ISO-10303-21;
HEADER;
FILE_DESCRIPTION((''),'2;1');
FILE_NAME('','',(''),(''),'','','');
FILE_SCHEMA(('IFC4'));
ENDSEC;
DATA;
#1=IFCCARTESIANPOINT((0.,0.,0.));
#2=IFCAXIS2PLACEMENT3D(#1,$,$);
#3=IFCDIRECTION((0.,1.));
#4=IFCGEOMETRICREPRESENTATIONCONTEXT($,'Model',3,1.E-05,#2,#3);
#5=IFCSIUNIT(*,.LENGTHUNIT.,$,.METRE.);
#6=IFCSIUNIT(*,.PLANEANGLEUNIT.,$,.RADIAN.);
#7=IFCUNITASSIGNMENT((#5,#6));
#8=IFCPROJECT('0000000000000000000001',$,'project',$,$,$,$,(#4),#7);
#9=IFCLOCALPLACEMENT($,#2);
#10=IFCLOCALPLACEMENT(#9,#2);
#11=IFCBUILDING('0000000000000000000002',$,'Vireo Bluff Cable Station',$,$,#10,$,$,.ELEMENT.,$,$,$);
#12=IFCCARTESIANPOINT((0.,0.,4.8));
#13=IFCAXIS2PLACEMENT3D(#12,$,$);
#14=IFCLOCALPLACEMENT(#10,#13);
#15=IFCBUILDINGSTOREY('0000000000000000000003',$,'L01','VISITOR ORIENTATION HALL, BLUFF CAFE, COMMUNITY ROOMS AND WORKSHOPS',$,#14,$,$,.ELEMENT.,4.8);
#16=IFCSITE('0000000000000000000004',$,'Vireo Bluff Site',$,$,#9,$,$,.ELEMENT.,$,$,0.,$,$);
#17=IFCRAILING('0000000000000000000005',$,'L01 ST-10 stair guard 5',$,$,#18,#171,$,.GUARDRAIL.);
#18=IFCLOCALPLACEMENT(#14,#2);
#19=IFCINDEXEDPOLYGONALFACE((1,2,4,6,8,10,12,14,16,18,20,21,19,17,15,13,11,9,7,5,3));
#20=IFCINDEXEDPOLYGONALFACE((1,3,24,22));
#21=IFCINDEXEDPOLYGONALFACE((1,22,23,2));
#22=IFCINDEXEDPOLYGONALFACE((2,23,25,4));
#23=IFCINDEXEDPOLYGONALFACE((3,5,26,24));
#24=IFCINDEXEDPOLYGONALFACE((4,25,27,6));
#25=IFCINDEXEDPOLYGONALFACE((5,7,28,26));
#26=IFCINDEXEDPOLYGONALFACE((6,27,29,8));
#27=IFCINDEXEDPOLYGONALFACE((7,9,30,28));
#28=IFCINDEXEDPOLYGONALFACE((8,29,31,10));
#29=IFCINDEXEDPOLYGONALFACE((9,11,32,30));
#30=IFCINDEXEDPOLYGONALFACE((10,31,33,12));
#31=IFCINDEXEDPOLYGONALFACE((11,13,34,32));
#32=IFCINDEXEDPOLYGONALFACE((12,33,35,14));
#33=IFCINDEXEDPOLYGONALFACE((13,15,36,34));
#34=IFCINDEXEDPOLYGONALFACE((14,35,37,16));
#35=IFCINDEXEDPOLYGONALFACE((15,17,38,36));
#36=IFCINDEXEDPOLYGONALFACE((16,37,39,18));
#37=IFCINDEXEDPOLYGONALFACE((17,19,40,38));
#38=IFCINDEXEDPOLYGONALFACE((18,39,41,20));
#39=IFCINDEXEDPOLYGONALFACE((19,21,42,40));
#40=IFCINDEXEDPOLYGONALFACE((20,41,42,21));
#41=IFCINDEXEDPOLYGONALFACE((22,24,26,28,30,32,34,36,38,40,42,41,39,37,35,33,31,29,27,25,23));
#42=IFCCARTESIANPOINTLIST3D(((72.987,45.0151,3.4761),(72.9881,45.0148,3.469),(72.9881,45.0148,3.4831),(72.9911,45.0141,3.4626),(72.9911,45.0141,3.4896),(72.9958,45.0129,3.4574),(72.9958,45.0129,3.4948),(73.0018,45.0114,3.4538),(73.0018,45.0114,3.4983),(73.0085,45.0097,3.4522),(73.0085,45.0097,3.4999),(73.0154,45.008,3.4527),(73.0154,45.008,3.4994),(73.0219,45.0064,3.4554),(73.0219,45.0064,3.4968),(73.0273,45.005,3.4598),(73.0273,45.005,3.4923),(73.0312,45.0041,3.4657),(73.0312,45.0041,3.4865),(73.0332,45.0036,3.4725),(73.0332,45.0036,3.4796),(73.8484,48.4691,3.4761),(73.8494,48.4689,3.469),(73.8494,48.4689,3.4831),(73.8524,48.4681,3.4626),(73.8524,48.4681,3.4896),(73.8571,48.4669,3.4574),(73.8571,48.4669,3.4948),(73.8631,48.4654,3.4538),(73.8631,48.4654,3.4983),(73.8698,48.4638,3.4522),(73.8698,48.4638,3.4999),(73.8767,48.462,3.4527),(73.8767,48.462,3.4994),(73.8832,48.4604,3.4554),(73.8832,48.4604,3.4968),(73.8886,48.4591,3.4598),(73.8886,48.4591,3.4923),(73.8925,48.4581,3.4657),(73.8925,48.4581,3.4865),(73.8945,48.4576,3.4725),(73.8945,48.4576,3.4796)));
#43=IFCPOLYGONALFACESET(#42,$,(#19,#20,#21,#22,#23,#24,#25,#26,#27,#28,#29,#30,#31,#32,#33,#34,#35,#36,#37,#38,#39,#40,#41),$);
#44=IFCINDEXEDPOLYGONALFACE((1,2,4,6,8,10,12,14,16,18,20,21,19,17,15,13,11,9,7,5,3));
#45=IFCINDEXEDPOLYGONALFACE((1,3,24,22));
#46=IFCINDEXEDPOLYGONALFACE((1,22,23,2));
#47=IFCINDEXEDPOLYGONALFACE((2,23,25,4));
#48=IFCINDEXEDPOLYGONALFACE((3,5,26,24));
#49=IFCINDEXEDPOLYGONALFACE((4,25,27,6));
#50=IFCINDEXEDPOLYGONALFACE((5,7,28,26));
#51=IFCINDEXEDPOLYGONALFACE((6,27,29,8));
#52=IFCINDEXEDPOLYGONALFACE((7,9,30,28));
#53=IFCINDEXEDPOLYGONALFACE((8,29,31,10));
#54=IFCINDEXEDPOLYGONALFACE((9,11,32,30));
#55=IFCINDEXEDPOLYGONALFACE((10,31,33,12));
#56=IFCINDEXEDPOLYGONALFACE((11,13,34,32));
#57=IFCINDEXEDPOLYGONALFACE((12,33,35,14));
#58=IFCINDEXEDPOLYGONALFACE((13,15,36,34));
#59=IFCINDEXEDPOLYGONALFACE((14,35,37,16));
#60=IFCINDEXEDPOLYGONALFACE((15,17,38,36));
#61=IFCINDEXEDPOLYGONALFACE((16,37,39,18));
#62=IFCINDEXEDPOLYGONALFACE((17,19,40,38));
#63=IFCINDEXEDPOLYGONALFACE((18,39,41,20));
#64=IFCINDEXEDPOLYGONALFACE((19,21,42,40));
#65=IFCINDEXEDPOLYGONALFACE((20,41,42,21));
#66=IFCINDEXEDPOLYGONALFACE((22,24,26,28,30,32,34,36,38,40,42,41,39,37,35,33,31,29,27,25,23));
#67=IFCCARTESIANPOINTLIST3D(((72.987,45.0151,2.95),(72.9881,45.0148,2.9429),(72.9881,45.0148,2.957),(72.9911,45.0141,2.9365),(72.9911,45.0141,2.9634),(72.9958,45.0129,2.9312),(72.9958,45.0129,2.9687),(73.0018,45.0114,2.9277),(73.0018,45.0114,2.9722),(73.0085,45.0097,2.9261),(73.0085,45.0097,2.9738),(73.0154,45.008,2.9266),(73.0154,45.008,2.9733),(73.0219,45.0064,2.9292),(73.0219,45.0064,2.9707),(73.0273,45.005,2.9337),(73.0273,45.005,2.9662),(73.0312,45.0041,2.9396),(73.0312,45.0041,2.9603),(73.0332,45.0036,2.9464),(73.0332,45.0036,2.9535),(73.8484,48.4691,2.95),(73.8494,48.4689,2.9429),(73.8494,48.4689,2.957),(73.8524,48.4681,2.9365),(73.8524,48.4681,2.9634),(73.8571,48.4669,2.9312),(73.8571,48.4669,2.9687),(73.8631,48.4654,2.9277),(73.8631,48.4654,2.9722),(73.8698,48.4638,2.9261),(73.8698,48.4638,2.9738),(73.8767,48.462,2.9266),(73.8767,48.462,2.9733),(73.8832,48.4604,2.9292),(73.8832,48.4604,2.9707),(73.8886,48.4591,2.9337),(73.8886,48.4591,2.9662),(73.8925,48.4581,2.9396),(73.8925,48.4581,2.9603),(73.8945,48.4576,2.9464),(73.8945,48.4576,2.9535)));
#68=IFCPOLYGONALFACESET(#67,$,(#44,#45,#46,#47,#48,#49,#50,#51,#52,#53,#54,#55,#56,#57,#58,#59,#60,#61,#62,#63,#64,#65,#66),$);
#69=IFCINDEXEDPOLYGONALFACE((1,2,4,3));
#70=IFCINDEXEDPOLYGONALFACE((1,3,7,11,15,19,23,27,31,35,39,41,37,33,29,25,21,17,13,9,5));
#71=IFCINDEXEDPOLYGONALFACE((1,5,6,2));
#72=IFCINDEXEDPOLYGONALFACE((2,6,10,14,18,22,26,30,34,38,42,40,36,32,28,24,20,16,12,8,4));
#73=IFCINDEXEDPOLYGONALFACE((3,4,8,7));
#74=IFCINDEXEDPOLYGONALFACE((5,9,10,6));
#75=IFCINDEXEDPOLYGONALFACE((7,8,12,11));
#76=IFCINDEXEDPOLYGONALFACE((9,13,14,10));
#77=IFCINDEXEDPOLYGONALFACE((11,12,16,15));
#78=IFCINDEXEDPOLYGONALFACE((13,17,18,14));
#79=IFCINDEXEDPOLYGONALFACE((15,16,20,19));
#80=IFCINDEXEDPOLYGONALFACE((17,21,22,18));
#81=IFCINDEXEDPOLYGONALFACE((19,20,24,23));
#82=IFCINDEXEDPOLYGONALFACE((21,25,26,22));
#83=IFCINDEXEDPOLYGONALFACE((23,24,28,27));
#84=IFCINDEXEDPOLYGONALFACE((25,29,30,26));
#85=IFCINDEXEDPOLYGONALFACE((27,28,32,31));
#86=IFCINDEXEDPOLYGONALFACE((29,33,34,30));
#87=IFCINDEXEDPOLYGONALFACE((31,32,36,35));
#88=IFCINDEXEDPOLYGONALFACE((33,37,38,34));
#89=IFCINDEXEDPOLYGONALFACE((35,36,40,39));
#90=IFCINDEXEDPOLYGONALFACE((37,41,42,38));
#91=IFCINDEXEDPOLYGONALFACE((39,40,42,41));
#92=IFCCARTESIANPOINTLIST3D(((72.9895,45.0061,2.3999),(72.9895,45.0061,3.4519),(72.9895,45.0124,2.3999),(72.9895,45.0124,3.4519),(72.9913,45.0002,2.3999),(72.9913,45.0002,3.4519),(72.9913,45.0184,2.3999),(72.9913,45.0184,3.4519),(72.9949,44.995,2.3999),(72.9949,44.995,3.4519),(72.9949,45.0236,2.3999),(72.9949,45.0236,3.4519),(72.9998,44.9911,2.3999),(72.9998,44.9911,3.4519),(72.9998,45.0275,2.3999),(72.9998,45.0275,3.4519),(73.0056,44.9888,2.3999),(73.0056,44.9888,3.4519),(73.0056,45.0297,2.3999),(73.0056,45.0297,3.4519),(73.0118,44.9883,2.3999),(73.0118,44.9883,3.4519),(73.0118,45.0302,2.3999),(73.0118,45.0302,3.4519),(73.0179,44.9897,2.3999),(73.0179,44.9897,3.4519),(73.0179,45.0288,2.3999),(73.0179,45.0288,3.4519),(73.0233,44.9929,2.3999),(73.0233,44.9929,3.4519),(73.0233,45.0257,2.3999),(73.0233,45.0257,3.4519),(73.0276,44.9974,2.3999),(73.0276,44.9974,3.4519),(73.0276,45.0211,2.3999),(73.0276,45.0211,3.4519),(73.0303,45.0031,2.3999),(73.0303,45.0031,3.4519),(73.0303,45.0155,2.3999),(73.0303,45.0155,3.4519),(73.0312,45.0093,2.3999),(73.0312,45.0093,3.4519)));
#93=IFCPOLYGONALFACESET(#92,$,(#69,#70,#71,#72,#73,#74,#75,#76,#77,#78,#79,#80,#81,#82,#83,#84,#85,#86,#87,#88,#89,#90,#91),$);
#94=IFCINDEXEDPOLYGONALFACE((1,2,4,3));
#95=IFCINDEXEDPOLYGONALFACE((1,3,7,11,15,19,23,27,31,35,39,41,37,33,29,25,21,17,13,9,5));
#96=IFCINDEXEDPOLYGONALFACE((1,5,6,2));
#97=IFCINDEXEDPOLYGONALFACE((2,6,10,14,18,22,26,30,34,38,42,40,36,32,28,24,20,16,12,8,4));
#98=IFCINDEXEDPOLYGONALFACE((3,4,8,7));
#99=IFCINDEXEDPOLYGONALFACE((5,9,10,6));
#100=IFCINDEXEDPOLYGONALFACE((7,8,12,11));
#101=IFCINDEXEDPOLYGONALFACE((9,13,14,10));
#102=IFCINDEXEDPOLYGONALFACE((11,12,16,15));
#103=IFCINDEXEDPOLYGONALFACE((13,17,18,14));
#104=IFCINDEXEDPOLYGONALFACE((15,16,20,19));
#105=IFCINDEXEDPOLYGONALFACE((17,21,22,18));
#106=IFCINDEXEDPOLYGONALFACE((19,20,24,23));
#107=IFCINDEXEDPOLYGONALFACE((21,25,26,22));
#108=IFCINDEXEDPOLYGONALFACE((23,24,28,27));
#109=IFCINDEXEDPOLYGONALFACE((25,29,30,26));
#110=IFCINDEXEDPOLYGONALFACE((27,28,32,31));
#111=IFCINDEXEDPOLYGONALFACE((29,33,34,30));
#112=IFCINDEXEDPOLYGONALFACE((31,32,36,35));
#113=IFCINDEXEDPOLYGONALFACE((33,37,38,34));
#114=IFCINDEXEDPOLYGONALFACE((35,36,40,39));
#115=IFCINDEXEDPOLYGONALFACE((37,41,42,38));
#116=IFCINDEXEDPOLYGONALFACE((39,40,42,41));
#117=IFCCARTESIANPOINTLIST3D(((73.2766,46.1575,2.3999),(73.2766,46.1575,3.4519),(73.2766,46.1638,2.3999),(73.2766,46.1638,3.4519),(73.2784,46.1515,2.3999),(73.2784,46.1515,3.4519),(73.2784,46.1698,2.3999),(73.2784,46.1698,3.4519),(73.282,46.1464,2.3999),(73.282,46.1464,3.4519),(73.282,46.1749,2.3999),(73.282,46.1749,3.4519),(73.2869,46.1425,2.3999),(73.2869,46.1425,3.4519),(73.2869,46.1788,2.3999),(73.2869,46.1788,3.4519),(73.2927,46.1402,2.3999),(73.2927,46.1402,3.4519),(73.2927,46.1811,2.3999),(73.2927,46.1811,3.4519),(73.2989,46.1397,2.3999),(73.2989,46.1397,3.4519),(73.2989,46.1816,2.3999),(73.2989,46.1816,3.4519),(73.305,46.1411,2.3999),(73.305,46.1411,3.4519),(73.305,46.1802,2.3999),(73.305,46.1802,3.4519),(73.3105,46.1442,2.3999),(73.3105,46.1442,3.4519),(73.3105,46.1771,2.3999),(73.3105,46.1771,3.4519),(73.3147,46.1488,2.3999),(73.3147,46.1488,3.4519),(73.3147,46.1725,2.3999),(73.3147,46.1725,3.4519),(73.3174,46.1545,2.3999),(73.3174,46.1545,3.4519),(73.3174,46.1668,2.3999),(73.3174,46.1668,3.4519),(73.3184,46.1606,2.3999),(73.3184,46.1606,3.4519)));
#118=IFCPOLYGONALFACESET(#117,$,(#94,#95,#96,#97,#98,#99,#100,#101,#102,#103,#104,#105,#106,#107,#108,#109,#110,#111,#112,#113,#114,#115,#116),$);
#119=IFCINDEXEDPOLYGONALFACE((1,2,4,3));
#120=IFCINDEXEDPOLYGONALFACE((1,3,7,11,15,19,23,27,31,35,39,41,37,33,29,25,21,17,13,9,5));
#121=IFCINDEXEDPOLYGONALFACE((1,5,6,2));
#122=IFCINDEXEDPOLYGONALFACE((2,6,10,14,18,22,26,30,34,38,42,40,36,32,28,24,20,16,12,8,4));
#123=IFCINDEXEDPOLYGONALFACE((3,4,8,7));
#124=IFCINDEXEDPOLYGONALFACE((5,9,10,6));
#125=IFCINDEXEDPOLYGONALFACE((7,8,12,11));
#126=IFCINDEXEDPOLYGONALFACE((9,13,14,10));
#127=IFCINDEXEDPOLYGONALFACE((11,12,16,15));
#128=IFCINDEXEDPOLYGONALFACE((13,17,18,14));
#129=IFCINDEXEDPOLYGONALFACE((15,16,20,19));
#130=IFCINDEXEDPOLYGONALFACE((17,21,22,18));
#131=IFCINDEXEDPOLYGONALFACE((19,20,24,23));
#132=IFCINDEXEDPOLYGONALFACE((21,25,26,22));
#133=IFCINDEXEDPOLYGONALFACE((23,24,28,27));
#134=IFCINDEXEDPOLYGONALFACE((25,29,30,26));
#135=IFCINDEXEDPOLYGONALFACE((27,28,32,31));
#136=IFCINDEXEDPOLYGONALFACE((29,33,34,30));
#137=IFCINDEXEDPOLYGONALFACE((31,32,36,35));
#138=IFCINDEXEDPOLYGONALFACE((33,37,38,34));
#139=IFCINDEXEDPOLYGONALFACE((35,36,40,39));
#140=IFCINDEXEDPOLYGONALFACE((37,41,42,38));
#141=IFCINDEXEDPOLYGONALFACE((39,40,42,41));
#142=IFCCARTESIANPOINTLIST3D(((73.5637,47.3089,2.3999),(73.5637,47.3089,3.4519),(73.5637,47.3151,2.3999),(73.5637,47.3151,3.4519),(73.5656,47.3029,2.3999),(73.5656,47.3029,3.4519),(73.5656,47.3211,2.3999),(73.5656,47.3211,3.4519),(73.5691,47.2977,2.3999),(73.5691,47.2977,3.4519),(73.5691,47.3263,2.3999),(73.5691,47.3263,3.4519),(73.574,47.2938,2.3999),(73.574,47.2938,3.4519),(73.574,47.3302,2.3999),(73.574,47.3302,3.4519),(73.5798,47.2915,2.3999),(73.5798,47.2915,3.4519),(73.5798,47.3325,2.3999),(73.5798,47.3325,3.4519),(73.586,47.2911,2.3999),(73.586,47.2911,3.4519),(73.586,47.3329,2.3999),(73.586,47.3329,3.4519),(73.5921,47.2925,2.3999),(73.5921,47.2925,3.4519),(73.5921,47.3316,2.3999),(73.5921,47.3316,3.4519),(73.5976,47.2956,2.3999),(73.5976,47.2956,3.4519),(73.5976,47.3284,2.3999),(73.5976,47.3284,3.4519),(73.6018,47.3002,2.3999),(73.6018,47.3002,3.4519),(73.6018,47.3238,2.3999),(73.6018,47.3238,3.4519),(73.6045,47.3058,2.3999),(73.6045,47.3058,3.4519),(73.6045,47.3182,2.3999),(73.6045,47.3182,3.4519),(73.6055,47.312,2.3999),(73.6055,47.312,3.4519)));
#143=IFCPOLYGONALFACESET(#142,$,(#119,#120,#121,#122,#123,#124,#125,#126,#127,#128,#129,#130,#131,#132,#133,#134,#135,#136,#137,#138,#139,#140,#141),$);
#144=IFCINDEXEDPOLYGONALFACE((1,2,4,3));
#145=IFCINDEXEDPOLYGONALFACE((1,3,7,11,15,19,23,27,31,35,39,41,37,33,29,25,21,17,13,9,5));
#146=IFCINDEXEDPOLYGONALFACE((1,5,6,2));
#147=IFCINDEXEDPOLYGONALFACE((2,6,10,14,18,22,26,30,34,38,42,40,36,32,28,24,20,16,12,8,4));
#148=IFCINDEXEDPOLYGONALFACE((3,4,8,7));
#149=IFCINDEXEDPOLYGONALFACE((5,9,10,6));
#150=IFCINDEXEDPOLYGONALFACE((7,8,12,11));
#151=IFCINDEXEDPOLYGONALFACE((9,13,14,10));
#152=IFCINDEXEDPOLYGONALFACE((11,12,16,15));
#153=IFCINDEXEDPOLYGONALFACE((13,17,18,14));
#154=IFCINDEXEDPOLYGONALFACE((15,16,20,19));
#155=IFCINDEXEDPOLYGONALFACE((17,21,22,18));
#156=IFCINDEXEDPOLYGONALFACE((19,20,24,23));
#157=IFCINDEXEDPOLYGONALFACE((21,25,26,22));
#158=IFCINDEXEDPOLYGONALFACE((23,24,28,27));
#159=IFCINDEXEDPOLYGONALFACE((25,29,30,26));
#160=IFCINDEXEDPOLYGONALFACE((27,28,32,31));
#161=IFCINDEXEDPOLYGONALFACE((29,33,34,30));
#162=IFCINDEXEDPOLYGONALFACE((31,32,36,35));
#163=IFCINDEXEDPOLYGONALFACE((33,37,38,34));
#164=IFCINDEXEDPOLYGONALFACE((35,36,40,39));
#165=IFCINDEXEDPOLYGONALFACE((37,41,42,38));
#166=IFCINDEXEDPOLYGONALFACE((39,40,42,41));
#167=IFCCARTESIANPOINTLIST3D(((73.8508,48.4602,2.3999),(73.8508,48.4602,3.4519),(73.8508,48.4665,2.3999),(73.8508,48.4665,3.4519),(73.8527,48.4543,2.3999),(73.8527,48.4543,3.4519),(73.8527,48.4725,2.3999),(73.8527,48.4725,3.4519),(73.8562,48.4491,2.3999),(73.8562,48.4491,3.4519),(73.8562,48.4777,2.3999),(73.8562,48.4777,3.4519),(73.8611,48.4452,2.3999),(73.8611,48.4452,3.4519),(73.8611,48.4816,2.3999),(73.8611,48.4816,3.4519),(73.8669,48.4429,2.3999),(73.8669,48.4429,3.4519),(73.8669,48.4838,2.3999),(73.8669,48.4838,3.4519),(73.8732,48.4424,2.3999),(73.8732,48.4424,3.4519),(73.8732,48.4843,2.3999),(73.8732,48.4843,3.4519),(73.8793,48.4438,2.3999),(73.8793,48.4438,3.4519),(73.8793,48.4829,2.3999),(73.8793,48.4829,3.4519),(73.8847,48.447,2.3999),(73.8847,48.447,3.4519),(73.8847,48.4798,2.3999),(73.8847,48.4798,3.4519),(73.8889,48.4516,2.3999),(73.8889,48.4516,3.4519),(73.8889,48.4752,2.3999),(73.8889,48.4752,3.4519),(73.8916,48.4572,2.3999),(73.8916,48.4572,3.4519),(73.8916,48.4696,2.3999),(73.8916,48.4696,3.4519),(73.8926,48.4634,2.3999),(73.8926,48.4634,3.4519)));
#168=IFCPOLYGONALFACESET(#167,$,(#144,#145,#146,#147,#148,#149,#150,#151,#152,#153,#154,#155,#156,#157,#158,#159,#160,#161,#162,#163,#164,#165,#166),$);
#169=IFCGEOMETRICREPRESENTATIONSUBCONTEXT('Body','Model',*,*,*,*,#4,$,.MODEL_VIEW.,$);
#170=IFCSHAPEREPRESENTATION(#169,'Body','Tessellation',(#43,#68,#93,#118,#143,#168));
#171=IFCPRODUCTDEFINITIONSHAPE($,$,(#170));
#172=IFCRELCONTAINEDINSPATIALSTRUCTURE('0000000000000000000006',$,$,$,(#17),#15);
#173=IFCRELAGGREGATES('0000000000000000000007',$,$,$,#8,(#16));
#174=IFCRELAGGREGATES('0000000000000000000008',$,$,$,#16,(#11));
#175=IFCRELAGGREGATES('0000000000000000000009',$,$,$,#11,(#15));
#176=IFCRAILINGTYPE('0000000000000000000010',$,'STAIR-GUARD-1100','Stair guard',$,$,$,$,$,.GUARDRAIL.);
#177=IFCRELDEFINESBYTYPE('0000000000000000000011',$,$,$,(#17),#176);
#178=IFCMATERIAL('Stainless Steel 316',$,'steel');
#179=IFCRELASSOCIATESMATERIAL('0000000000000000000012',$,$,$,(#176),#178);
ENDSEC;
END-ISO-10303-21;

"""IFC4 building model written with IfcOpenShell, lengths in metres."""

from ifc_helpers import new_model, si_unit, direction, frame, origin, origin_2d, place, context, subcontext, project, spatial, circle, extrude, material, type_object, element, save


model = new_model("IFC4")

# Units and contexts
model_context = context("Model", 3, precision=1e-05, world=origin(), true_north=direction((0.0, 1.0)))
body_context = subcontext(model_context, "Body", "Model", "MODEL_VIEW")
ifc_project = project(units=[si_unit("LENGTHUNIT", "METRE"), si_unit("PLANEANGLEUNIT", "RADIAN")], contexts=[model_context])

# Site, building, storey
site_placement = place(None, origin())
site = spatial("IfcSite", under=ifc_project, at=site_placement, Name="Vireo Bluff Site", CompositionType="ELEMENT", RefElevation=0.0)
building_placement = place(site_placement, origin())
building = spatial("IfcBuilding", under=site, at=building_placement, Name="Vireo Bluff Cable Station", CompositionType="ELEMENT")
storey_placement = place(building_placement, frame((0.0, 0.0, 4.8)))
storey = spatial("IfcBuildingStorey", under=building, at=storey_placement, Name="L01", Description="VISITOR ORIENTATION HALL, BLUFF CAFE, COMMUNITY ROOMS AND WORKSHOPS", CompositionType="ELEMENT", Elevation=4.8)

# Railing
ifc_material_1 = material(Name="Stainless Steel 316", Category="steel")
railing_type_1 = type_object("IfcRailingType", Name="STAIR-GUARD-1100", Description="Stair guard", PredefinedType="GUARDRAIL", material=ifc_material_1)
railing_1_placement = place(storey_placement, frame((73.0103, 45.0093, 2.3999)))
element("IfcRailing", 1, at=railing_1_placement, inside=storey, type_object=railing_type_1, Name="L01 ST-10 stair guard 5", PredefinedType="GUARDRAIL", context=body_context, shape_type="SweptSolid", body=[
    extrude(circle(Radius=0.0239, at=origin_2d()), frame((0.0, 0.0, 1.0762), z_axis=(0.241955, 0.970288, 0.0), x_axis=(-0.970288, 0.241955, 0.0)), (0.0, 0.0, 1.0), 3.5598),
    extrude(circle(Radius=0.0239, at=origin_2d()), frame((0.0, 0.0, 0.55), z_axis=(0.241955, 0.970288, 0.0), x_axis=(-0.970288, 0.241955, 0.0)), (0.0, 0.0, 1.0), 3.5598),
    extrude(circle(Radius=0.021, at=origin_2d()), origin(), (0.0, 0.0, 1.0), 1.052),
    extrude(circle(Radius=0.021, at=origin_2d()), frame((0.2871, 1.1514, 0.0)), (0.0, 0.0, 1.0), 1.052),
    extrude(circle(Radius=0.021, at=origin_2d()), frame((0.5742, 2.3027, 0.0)), (0.0, 0.0, 1.0), 1.052),
    extrude(circle(Radius=0.021, at=origin_2d()), frame((0.8613, 3.4541, 0.0)), (0.0, 0.0, 1.0), 1.052),
])

save(model, "model.ifc")
